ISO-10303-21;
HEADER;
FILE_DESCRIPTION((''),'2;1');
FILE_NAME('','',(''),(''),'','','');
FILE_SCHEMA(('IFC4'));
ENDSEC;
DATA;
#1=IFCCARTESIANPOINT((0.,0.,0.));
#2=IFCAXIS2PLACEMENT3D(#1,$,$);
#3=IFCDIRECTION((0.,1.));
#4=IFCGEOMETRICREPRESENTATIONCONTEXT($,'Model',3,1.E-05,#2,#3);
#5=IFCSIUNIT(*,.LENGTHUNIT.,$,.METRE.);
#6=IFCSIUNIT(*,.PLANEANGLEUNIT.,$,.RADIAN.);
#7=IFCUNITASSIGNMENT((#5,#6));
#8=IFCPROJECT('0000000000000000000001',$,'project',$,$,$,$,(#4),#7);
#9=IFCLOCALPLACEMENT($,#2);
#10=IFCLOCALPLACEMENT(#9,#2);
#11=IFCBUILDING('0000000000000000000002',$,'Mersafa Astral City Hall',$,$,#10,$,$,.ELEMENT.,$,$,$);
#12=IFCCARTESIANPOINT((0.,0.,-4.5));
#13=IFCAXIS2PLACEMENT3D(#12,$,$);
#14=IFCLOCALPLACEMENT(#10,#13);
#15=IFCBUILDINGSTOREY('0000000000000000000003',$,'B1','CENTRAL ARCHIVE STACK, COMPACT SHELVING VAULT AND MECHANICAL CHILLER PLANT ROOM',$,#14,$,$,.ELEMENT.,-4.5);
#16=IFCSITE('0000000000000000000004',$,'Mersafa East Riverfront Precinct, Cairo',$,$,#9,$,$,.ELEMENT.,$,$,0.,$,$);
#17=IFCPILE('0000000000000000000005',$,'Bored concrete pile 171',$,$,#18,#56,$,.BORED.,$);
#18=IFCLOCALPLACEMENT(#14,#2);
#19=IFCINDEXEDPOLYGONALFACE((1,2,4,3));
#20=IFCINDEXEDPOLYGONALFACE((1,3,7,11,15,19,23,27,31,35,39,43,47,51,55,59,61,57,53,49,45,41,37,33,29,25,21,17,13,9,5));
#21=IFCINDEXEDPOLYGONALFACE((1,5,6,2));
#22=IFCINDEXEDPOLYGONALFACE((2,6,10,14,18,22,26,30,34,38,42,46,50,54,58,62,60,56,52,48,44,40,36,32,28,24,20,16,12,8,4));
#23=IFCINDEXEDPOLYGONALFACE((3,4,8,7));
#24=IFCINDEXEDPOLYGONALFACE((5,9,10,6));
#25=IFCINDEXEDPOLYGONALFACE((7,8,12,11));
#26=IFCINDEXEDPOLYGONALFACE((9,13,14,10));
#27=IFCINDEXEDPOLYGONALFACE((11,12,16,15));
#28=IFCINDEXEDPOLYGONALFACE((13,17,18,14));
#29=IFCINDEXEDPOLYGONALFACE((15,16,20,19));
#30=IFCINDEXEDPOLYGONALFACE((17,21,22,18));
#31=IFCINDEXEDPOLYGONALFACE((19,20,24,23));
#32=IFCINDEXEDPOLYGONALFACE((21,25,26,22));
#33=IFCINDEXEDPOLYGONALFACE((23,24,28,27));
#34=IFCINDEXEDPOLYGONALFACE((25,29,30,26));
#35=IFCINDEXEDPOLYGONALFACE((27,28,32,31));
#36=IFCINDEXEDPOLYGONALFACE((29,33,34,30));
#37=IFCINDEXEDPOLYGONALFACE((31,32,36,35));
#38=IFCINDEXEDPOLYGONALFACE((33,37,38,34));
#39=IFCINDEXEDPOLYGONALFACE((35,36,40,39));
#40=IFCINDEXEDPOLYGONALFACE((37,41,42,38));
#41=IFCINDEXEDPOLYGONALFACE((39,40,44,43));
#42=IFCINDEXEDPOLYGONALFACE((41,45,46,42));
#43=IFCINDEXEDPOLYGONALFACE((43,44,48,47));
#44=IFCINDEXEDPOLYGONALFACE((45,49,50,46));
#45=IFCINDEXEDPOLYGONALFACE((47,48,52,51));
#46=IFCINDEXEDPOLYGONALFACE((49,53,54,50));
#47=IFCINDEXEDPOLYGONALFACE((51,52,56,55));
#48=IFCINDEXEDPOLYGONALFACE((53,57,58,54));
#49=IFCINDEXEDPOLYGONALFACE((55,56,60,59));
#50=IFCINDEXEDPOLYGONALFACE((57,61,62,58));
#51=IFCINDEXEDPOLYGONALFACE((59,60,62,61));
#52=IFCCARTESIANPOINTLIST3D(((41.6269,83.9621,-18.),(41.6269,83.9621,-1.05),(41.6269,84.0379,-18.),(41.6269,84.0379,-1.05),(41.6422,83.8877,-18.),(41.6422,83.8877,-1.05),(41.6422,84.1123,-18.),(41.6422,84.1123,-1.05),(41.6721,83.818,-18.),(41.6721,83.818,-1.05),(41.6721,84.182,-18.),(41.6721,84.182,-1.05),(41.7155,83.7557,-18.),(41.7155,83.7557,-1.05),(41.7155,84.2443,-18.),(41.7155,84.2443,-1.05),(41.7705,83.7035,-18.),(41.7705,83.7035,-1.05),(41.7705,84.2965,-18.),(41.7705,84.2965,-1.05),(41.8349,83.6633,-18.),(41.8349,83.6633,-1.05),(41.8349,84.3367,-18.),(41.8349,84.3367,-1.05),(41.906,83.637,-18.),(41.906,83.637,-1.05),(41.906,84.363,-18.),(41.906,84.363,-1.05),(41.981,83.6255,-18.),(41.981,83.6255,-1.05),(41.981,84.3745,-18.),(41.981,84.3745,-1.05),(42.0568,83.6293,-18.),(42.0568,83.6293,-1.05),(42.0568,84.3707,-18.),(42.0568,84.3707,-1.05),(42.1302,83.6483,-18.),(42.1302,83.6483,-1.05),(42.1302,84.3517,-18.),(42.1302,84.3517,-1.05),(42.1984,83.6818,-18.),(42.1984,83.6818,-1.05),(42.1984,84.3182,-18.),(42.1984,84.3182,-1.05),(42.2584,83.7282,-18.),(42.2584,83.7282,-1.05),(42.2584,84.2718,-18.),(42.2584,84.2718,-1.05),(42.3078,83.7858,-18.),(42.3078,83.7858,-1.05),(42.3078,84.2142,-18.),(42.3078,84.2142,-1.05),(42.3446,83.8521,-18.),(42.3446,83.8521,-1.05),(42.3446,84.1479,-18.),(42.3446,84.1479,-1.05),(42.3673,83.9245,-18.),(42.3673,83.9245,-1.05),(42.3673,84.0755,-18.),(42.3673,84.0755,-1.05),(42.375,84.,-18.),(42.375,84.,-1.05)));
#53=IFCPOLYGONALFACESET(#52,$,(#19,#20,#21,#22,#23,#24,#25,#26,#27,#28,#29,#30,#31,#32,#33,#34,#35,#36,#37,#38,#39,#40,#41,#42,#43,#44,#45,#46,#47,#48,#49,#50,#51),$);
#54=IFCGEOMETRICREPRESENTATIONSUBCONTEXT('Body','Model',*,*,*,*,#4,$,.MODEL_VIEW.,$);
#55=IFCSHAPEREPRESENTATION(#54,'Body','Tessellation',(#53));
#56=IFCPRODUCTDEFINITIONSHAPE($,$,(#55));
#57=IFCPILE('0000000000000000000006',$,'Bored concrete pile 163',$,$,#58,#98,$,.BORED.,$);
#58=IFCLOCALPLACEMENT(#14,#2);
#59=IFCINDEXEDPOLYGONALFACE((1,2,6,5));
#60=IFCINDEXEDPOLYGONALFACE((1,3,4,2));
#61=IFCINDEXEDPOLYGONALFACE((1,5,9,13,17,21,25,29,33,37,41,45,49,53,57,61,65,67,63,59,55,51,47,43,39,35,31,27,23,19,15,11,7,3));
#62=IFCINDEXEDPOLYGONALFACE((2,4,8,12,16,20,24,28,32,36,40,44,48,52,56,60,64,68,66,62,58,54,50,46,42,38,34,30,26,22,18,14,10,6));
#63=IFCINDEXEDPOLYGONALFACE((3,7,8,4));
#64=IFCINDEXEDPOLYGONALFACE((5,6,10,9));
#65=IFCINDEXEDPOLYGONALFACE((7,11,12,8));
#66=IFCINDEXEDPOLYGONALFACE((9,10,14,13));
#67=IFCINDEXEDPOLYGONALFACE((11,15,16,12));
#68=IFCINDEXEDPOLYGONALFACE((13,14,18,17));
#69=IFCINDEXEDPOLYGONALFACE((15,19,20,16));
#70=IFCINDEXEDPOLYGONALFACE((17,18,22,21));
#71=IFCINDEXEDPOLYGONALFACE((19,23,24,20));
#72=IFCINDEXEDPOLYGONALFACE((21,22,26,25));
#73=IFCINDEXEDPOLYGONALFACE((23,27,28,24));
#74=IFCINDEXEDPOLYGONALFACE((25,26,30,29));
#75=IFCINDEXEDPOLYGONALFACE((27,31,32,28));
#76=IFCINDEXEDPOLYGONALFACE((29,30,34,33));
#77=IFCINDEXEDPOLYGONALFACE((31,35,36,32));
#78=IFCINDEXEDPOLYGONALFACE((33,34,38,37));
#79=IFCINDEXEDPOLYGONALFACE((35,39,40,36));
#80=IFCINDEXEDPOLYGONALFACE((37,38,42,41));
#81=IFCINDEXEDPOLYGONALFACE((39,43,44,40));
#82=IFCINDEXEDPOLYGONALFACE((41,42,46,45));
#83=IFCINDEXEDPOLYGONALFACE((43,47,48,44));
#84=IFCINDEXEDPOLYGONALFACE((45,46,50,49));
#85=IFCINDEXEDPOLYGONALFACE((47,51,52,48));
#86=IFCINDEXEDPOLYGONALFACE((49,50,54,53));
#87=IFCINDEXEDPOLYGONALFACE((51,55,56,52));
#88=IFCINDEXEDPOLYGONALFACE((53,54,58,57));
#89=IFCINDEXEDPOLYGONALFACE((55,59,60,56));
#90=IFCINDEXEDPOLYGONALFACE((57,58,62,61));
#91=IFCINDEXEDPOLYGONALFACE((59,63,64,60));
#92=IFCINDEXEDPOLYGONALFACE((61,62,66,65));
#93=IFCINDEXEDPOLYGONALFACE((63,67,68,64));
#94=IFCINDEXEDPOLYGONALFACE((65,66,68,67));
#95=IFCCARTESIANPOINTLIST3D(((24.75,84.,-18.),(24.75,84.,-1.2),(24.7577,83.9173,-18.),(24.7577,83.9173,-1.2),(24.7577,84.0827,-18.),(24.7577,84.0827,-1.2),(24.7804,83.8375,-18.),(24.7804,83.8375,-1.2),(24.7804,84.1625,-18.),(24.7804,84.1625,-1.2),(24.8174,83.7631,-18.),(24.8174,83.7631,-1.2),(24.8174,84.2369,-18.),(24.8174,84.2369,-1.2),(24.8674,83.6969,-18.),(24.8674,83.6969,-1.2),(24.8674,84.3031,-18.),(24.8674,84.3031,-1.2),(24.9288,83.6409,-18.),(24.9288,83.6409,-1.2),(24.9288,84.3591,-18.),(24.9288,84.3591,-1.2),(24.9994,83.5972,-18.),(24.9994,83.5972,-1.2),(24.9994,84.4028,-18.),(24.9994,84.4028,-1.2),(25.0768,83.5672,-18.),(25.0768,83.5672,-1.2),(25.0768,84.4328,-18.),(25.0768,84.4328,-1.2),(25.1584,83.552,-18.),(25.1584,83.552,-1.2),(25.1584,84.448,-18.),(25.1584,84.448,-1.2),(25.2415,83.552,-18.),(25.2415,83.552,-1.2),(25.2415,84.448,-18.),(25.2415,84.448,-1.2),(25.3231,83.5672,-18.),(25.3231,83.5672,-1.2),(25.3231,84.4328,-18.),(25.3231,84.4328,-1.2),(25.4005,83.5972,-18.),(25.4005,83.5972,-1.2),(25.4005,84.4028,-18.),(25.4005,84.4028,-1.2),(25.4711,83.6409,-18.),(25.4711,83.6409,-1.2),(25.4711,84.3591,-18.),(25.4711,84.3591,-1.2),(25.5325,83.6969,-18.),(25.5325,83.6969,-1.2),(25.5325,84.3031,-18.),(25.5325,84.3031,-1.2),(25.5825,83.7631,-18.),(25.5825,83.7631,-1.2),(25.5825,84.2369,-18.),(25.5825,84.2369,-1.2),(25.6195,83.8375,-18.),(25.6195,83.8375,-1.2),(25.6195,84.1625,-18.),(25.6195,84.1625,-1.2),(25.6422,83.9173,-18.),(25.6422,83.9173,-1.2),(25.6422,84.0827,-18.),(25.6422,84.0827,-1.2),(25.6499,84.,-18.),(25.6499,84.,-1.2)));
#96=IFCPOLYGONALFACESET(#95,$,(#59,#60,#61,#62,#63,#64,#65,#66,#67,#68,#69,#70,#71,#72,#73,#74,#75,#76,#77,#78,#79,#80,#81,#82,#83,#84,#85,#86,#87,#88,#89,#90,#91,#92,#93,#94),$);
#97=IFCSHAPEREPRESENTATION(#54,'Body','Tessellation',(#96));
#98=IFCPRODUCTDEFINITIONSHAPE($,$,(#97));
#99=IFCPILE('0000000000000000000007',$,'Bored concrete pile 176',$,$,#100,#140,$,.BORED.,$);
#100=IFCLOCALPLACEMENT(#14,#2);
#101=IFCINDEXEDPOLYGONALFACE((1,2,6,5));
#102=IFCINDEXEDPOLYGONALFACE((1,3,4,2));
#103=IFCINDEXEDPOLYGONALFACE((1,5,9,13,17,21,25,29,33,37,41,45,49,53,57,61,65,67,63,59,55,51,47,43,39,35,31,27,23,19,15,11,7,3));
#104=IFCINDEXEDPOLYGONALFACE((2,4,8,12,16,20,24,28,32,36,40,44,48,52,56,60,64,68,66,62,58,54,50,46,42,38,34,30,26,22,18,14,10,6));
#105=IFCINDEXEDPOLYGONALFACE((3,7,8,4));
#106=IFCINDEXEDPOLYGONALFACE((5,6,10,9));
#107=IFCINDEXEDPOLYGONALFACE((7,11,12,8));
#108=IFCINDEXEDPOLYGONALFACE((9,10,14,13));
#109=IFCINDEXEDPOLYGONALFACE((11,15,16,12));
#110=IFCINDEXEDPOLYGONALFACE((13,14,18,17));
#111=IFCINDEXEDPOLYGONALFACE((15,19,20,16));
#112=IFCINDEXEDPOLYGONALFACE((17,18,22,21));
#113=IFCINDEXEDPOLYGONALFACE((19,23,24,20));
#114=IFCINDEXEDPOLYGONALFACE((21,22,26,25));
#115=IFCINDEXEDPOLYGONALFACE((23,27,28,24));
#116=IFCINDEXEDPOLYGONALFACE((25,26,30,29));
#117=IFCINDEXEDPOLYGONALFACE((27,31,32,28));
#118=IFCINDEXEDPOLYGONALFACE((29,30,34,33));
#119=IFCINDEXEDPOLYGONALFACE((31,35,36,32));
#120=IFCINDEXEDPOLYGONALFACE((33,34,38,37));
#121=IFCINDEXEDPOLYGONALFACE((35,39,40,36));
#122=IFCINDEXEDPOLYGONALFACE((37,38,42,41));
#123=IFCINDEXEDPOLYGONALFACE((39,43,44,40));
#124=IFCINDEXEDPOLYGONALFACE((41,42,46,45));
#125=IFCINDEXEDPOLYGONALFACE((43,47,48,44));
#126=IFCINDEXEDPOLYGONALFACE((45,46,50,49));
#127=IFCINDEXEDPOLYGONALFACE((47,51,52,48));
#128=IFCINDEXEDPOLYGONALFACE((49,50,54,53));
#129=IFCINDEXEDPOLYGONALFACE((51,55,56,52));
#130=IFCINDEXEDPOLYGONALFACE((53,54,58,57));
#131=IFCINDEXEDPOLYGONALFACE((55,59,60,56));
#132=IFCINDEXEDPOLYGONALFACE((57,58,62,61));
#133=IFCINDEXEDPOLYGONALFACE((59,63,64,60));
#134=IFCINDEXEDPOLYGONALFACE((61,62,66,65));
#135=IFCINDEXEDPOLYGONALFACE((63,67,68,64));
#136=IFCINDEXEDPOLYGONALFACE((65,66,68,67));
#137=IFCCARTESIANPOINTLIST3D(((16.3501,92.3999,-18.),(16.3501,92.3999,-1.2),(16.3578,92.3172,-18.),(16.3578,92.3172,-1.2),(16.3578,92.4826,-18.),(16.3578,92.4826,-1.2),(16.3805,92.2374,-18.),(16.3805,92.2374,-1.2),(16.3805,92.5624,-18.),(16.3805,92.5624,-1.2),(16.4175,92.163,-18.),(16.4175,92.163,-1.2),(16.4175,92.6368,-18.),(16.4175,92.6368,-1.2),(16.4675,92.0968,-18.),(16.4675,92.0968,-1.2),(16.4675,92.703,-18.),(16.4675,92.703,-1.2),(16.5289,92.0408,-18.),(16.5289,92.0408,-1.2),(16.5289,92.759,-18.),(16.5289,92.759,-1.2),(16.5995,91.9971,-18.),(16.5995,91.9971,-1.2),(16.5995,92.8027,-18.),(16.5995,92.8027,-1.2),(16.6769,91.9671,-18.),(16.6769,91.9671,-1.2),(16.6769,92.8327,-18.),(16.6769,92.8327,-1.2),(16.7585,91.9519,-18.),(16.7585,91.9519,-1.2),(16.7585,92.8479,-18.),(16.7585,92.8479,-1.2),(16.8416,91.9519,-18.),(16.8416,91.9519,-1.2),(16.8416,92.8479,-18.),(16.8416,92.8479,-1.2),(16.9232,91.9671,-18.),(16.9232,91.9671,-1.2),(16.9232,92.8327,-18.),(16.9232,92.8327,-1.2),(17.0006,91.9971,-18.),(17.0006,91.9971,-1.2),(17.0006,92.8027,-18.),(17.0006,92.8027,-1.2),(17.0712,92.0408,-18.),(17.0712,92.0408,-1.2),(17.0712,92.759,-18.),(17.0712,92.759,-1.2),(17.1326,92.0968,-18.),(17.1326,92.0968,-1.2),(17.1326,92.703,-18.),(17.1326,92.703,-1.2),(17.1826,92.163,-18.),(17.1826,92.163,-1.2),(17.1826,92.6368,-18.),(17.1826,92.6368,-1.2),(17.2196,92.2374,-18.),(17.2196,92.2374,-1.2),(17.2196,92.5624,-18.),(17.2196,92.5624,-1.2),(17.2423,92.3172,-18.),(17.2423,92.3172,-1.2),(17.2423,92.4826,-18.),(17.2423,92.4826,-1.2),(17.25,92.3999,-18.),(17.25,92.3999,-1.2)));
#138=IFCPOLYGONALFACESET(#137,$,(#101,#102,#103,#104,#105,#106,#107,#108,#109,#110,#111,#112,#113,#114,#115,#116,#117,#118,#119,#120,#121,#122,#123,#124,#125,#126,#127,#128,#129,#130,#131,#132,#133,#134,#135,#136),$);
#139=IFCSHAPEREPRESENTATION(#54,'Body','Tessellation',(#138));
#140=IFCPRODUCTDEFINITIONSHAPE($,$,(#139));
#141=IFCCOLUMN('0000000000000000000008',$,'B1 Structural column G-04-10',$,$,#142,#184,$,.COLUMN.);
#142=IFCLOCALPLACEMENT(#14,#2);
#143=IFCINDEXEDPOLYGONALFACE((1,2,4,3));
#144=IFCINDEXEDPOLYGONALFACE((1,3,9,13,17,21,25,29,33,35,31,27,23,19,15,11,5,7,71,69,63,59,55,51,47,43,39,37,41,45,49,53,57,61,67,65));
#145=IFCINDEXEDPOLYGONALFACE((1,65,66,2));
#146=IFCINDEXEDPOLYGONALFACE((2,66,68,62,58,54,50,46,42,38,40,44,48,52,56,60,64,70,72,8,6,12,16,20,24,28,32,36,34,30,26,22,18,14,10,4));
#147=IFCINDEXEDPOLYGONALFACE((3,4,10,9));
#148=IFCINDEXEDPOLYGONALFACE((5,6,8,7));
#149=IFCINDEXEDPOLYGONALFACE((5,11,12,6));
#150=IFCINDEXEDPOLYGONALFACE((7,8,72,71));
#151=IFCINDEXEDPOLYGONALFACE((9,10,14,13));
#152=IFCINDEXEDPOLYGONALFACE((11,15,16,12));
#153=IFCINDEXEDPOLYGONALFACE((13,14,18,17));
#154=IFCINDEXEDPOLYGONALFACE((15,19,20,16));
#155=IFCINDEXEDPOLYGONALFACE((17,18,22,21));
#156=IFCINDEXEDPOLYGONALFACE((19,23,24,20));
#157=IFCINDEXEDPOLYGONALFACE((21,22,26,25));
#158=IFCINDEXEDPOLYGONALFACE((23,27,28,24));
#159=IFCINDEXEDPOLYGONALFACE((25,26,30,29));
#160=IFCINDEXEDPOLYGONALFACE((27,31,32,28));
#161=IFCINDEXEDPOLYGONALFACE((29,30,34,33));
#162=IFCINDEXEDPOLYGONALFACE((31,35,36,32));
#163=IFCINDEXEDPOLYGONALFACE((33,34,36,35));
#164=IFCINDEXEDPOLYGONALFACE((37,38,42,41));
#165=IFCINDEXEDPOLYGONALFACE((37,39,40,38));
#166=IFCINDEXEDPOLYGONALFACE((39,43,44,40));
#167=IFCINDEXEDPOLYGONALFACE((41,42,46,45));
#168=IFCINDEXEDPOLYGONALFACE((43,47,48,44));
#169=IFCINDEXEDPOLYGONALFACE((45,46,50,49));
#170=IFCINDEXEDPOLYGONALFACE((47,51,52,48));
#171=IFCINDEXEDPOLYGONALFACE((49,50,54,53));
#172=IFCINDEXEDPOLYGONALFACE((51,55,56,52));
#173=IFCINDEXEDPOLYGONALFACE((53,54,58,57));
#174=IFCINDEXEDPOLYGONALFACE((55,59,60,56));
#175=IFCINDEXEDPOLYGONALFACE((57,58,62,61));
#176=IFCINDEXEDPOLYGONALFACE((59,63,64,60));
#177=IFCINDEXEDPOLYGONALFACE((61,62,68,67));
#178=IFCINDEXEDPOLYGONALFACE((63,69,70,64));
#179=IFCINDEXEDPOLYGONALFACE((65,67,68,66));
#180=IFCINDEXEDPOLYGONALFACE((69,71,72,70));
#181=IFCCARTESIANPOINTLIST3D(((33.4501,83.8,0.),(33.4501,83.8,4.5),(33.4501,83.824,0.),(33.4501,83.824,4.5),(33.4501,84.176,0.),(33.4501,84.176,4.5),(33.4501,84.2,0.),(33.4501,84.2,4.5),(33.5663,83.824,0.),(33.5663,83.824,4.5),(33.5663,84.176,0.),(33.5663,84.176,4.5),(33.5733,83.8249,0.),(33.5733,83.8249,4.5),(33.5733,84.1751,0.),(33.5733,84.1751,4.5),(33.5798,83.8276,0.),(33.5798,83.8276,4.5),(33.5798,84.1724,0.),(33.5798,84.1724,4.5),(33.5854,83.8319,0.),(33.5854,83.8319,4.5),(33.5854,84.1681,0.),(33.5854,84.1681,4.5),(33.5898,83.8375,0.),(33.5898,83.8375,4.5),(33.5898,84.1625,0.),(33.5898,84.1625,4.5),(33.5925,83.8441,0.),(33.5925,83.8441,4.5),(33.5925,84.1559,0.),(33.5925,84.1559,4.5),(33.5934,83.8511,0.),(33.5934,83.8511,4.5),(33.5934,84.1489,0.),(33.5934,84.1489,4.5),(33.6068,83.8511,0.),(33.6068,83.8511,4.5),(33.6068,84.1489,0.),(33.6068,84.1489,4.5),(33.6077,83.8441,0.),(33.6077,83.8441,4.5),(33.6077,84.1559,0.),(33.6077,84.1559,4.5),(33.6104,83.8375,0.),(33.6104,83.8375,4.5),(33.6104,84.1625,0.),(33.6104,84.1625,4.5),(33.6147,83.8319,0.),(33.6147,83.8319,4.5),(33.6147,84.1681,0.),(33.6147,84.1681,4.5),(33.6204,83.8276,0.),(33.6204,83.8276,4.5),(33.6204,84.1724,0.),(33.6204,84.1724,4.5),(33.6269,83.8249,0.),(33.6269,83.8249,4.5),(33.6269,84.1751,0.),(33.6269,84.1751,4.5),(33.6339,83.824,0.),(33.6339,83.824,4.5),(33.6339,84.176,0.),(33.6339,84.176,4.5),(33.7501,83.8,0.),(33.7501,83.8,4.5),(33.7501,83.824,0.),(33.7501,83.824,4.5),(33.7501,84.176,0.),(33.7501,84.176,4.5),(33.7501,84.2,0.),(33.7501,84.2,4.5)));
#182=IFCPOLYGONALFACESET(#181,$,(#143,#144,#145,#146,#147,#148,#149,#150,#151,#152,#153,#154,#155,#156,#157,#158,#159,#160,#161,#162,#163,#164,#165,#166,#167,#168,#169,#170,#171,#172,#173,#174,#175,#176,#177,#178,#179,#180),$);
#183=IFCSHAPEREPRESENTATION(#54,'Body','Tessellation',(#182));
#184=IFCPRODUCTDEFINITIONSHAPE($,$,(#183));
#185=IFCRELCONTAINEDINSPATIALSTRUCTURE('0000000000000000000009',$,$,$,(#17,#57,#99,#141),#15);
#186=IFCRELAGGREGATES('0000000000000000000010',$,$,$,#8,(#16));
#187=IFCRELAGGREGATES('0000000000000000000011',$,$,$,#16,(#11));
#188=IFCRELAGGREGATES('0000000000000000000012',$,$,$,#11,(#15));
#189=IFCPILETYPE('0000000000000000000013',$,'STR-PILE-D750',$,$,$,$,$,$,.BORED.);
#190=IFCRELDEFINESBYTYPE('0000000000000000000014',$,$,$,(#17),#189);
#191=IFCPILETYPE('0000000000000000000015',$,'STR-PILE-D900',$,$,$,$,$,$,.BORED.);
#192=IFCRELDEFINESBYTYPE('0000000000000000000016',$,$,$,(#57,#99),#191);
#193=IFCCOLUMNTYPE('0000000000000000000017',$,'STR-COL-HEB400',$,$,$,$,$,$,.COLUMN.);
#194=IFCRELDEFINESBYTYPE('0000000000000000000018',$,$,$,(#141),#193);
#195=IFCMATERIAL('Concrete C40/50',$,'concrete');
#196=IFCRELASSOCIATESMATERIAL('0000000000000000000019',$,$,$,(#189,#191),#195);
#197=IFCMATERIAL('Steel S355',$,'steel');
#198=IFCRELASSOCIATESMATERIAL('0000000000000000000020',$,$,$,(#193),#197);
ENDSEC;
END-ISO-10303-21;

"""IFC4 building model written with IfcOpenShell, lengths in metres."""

from ifc_helpers import new_model, si_unit, direction, frame, origin, origin_2d, place, context, subcontext, project, spatial, circle, i_section, extrude, material, material_profile, profile_set, type_object, element, save


model = new_model("IFC4")

# Units and contexts
model_context = context("Model", 3, precision=1e-05, world=origin(), true_north=direction((0.0, 1.0)))
body_context = subcontext(model_context, "Body", "Model", "MODEL_VIEW")
ifc_project = project(units=[si_unit("LENGTHUNIT", "METRE"), si_unit("PLANEANGLEUNIT", "RADIAN")], contexts=[model_context])

# Site, building, storey
site_placement = place(None, origin())
site = spatial("IfcSite", under=ifc_project, at=site_placement, Name="Mersafa East Riverfront Precinct, Cairo", CompositionType="ELEMENT", RefElevation=0.0)
building_placement = place(site_placement, origin())
building = spatial("IfcBuilding", under=site, at=building_placement, Name="Mersafa Astral City Hall", CompositionType="ELEMENT")
storey_placement = place(building_placement, frame((0.0, 0.0, -4.5)))
storey = spatial("IfcBuildingStorey", under=building, at=storey_placement, Name="B1", Description="CENTRAL ARCHIVE STACK, COMPACT SHELVING VAULT AND MECHANICAL CHILLER PLANT ROOM", CompositionType="ELEMENT", Elevation=-4.5)

# Shared definitions
ifc_material_1 = material(Name="Concrete C40/50", Category="concrete")

# Piles
ifc_material_profile_1 = material_profile(ifc_material_1, circle(Radius=0.375, at=origin_2d()), Name="PILE D750")
ifc_profile_set_1 = profile_set([ifc_material_profile_1], Name="Concrete C40/50")
pile_type_1 = type_object("IfcPileType", Name="STR-PILE-D750", PredefinedType="BORED", material=ifc_profile_set_1)
for number, where, z_axis, x_axis, name in (
    (1, (42.0, 84.0, -1.05), (0.0, 0.0, -1.0), (1.0, 0.0, 0.0), "Bored concrete pile 171"),
):
    element("IfcPile", number, at=place(storey_placement, frame(where, z_axis=z_axis, x_axis=x_axis)), inside=storey, type_object=pile_type_1, Name=name, PredefinedType="BORED", context=body_context, shape_type="SweptSolid", body=[
        extrude(circle(Radius=0.375, at=origin_2d()), origin(), (0.0, 0.0, 1.0), 16.95),
    ])
ifc_material_profile_2 = material_profile(ifc_material_1, circle(Radius=0.45, at=origin_2d()), Name="PILE D900")
ifc_profile_set_2 = profile_set([ifc_material_profile_2], Name="Concrete C40/50")
pile_type_2 = type_object("IfcPileType", Name="STR-PILE-D900", PredefinedType="BORED", material=ifc_profile_set_2)
for number, where, z_axis, x_axis, name in (
    (2, (25.2, 84.0, -1.2), (0.0, 0.0, -1.0), (1.0, 0.0, 0.0), "Bored concrete pile 163"),
    (3, (16.8, 92.3999, -1.2), (0.0, 0.0, -1.0), (1.0, 0.0, 0.0), "Bored concrete pile 176"),
):
    element("IfcPile", number, at=place(storey_placement, frame(where, z_axis=z_axis, x_axis=x_axis)), inside=storey, type_object=pile_type_2, Name=name, PredefinedType="BORED", context=body_context, shape_type="SweptSolid", body=[
        extrude(circle(Radius=0.45, at=origin_2d()), origin(), (0.0, 0.0, 1.0), 16.8),
    ])

# Column
ifc_material_2 = material(Name="Steel S355", Category="steel")
ifc_material_profile_3 = material_profile(ifc_material_2, i_section(OverallWidth=0.3, OverallDepth=0.3999, WebThickness=0.0134, FlangeThickness=0.0239, FilletRadius=0.0271, at=origin_2d()), Name="HEB 400")
ifc_profile_set_3 = profile_set([ifc_material_profile_3], Name="Steel S355")
column_type_1 = type_object("IfcColumnType", Name="STR-COL-HEB400", PredefinedType="COLUMN", material=ifc_profile_set_3)
for number, where, z_axis, x_axis, name in (
    (4, (33.6001, 84.0, 0.0), (0.0, 0.0, 1.0), (1.0, 0.0, 0.0), "B1 Structural column G-04-10"),
):
    element("IfcColumn", number, at=place(storey_placement, frame(where, z_axis=z_axis, x_axis=x_axis)), inside=storey, type_object=column_type_1, Name=name, PredefinedType="COLUMN", context=body_context, shape_type="SweptSolid", body=[
        extrude(i_section(OverallWidth=0.3, OverallDepth=0.3999, WebThickness=0.0134, FlangeThickness=0.0239, FilletRadius=0.0271, at=origin_2d()), origin(), (0.0, 0.0, 1.0), 4.5),
    ])

save(model, "model.ifc")
